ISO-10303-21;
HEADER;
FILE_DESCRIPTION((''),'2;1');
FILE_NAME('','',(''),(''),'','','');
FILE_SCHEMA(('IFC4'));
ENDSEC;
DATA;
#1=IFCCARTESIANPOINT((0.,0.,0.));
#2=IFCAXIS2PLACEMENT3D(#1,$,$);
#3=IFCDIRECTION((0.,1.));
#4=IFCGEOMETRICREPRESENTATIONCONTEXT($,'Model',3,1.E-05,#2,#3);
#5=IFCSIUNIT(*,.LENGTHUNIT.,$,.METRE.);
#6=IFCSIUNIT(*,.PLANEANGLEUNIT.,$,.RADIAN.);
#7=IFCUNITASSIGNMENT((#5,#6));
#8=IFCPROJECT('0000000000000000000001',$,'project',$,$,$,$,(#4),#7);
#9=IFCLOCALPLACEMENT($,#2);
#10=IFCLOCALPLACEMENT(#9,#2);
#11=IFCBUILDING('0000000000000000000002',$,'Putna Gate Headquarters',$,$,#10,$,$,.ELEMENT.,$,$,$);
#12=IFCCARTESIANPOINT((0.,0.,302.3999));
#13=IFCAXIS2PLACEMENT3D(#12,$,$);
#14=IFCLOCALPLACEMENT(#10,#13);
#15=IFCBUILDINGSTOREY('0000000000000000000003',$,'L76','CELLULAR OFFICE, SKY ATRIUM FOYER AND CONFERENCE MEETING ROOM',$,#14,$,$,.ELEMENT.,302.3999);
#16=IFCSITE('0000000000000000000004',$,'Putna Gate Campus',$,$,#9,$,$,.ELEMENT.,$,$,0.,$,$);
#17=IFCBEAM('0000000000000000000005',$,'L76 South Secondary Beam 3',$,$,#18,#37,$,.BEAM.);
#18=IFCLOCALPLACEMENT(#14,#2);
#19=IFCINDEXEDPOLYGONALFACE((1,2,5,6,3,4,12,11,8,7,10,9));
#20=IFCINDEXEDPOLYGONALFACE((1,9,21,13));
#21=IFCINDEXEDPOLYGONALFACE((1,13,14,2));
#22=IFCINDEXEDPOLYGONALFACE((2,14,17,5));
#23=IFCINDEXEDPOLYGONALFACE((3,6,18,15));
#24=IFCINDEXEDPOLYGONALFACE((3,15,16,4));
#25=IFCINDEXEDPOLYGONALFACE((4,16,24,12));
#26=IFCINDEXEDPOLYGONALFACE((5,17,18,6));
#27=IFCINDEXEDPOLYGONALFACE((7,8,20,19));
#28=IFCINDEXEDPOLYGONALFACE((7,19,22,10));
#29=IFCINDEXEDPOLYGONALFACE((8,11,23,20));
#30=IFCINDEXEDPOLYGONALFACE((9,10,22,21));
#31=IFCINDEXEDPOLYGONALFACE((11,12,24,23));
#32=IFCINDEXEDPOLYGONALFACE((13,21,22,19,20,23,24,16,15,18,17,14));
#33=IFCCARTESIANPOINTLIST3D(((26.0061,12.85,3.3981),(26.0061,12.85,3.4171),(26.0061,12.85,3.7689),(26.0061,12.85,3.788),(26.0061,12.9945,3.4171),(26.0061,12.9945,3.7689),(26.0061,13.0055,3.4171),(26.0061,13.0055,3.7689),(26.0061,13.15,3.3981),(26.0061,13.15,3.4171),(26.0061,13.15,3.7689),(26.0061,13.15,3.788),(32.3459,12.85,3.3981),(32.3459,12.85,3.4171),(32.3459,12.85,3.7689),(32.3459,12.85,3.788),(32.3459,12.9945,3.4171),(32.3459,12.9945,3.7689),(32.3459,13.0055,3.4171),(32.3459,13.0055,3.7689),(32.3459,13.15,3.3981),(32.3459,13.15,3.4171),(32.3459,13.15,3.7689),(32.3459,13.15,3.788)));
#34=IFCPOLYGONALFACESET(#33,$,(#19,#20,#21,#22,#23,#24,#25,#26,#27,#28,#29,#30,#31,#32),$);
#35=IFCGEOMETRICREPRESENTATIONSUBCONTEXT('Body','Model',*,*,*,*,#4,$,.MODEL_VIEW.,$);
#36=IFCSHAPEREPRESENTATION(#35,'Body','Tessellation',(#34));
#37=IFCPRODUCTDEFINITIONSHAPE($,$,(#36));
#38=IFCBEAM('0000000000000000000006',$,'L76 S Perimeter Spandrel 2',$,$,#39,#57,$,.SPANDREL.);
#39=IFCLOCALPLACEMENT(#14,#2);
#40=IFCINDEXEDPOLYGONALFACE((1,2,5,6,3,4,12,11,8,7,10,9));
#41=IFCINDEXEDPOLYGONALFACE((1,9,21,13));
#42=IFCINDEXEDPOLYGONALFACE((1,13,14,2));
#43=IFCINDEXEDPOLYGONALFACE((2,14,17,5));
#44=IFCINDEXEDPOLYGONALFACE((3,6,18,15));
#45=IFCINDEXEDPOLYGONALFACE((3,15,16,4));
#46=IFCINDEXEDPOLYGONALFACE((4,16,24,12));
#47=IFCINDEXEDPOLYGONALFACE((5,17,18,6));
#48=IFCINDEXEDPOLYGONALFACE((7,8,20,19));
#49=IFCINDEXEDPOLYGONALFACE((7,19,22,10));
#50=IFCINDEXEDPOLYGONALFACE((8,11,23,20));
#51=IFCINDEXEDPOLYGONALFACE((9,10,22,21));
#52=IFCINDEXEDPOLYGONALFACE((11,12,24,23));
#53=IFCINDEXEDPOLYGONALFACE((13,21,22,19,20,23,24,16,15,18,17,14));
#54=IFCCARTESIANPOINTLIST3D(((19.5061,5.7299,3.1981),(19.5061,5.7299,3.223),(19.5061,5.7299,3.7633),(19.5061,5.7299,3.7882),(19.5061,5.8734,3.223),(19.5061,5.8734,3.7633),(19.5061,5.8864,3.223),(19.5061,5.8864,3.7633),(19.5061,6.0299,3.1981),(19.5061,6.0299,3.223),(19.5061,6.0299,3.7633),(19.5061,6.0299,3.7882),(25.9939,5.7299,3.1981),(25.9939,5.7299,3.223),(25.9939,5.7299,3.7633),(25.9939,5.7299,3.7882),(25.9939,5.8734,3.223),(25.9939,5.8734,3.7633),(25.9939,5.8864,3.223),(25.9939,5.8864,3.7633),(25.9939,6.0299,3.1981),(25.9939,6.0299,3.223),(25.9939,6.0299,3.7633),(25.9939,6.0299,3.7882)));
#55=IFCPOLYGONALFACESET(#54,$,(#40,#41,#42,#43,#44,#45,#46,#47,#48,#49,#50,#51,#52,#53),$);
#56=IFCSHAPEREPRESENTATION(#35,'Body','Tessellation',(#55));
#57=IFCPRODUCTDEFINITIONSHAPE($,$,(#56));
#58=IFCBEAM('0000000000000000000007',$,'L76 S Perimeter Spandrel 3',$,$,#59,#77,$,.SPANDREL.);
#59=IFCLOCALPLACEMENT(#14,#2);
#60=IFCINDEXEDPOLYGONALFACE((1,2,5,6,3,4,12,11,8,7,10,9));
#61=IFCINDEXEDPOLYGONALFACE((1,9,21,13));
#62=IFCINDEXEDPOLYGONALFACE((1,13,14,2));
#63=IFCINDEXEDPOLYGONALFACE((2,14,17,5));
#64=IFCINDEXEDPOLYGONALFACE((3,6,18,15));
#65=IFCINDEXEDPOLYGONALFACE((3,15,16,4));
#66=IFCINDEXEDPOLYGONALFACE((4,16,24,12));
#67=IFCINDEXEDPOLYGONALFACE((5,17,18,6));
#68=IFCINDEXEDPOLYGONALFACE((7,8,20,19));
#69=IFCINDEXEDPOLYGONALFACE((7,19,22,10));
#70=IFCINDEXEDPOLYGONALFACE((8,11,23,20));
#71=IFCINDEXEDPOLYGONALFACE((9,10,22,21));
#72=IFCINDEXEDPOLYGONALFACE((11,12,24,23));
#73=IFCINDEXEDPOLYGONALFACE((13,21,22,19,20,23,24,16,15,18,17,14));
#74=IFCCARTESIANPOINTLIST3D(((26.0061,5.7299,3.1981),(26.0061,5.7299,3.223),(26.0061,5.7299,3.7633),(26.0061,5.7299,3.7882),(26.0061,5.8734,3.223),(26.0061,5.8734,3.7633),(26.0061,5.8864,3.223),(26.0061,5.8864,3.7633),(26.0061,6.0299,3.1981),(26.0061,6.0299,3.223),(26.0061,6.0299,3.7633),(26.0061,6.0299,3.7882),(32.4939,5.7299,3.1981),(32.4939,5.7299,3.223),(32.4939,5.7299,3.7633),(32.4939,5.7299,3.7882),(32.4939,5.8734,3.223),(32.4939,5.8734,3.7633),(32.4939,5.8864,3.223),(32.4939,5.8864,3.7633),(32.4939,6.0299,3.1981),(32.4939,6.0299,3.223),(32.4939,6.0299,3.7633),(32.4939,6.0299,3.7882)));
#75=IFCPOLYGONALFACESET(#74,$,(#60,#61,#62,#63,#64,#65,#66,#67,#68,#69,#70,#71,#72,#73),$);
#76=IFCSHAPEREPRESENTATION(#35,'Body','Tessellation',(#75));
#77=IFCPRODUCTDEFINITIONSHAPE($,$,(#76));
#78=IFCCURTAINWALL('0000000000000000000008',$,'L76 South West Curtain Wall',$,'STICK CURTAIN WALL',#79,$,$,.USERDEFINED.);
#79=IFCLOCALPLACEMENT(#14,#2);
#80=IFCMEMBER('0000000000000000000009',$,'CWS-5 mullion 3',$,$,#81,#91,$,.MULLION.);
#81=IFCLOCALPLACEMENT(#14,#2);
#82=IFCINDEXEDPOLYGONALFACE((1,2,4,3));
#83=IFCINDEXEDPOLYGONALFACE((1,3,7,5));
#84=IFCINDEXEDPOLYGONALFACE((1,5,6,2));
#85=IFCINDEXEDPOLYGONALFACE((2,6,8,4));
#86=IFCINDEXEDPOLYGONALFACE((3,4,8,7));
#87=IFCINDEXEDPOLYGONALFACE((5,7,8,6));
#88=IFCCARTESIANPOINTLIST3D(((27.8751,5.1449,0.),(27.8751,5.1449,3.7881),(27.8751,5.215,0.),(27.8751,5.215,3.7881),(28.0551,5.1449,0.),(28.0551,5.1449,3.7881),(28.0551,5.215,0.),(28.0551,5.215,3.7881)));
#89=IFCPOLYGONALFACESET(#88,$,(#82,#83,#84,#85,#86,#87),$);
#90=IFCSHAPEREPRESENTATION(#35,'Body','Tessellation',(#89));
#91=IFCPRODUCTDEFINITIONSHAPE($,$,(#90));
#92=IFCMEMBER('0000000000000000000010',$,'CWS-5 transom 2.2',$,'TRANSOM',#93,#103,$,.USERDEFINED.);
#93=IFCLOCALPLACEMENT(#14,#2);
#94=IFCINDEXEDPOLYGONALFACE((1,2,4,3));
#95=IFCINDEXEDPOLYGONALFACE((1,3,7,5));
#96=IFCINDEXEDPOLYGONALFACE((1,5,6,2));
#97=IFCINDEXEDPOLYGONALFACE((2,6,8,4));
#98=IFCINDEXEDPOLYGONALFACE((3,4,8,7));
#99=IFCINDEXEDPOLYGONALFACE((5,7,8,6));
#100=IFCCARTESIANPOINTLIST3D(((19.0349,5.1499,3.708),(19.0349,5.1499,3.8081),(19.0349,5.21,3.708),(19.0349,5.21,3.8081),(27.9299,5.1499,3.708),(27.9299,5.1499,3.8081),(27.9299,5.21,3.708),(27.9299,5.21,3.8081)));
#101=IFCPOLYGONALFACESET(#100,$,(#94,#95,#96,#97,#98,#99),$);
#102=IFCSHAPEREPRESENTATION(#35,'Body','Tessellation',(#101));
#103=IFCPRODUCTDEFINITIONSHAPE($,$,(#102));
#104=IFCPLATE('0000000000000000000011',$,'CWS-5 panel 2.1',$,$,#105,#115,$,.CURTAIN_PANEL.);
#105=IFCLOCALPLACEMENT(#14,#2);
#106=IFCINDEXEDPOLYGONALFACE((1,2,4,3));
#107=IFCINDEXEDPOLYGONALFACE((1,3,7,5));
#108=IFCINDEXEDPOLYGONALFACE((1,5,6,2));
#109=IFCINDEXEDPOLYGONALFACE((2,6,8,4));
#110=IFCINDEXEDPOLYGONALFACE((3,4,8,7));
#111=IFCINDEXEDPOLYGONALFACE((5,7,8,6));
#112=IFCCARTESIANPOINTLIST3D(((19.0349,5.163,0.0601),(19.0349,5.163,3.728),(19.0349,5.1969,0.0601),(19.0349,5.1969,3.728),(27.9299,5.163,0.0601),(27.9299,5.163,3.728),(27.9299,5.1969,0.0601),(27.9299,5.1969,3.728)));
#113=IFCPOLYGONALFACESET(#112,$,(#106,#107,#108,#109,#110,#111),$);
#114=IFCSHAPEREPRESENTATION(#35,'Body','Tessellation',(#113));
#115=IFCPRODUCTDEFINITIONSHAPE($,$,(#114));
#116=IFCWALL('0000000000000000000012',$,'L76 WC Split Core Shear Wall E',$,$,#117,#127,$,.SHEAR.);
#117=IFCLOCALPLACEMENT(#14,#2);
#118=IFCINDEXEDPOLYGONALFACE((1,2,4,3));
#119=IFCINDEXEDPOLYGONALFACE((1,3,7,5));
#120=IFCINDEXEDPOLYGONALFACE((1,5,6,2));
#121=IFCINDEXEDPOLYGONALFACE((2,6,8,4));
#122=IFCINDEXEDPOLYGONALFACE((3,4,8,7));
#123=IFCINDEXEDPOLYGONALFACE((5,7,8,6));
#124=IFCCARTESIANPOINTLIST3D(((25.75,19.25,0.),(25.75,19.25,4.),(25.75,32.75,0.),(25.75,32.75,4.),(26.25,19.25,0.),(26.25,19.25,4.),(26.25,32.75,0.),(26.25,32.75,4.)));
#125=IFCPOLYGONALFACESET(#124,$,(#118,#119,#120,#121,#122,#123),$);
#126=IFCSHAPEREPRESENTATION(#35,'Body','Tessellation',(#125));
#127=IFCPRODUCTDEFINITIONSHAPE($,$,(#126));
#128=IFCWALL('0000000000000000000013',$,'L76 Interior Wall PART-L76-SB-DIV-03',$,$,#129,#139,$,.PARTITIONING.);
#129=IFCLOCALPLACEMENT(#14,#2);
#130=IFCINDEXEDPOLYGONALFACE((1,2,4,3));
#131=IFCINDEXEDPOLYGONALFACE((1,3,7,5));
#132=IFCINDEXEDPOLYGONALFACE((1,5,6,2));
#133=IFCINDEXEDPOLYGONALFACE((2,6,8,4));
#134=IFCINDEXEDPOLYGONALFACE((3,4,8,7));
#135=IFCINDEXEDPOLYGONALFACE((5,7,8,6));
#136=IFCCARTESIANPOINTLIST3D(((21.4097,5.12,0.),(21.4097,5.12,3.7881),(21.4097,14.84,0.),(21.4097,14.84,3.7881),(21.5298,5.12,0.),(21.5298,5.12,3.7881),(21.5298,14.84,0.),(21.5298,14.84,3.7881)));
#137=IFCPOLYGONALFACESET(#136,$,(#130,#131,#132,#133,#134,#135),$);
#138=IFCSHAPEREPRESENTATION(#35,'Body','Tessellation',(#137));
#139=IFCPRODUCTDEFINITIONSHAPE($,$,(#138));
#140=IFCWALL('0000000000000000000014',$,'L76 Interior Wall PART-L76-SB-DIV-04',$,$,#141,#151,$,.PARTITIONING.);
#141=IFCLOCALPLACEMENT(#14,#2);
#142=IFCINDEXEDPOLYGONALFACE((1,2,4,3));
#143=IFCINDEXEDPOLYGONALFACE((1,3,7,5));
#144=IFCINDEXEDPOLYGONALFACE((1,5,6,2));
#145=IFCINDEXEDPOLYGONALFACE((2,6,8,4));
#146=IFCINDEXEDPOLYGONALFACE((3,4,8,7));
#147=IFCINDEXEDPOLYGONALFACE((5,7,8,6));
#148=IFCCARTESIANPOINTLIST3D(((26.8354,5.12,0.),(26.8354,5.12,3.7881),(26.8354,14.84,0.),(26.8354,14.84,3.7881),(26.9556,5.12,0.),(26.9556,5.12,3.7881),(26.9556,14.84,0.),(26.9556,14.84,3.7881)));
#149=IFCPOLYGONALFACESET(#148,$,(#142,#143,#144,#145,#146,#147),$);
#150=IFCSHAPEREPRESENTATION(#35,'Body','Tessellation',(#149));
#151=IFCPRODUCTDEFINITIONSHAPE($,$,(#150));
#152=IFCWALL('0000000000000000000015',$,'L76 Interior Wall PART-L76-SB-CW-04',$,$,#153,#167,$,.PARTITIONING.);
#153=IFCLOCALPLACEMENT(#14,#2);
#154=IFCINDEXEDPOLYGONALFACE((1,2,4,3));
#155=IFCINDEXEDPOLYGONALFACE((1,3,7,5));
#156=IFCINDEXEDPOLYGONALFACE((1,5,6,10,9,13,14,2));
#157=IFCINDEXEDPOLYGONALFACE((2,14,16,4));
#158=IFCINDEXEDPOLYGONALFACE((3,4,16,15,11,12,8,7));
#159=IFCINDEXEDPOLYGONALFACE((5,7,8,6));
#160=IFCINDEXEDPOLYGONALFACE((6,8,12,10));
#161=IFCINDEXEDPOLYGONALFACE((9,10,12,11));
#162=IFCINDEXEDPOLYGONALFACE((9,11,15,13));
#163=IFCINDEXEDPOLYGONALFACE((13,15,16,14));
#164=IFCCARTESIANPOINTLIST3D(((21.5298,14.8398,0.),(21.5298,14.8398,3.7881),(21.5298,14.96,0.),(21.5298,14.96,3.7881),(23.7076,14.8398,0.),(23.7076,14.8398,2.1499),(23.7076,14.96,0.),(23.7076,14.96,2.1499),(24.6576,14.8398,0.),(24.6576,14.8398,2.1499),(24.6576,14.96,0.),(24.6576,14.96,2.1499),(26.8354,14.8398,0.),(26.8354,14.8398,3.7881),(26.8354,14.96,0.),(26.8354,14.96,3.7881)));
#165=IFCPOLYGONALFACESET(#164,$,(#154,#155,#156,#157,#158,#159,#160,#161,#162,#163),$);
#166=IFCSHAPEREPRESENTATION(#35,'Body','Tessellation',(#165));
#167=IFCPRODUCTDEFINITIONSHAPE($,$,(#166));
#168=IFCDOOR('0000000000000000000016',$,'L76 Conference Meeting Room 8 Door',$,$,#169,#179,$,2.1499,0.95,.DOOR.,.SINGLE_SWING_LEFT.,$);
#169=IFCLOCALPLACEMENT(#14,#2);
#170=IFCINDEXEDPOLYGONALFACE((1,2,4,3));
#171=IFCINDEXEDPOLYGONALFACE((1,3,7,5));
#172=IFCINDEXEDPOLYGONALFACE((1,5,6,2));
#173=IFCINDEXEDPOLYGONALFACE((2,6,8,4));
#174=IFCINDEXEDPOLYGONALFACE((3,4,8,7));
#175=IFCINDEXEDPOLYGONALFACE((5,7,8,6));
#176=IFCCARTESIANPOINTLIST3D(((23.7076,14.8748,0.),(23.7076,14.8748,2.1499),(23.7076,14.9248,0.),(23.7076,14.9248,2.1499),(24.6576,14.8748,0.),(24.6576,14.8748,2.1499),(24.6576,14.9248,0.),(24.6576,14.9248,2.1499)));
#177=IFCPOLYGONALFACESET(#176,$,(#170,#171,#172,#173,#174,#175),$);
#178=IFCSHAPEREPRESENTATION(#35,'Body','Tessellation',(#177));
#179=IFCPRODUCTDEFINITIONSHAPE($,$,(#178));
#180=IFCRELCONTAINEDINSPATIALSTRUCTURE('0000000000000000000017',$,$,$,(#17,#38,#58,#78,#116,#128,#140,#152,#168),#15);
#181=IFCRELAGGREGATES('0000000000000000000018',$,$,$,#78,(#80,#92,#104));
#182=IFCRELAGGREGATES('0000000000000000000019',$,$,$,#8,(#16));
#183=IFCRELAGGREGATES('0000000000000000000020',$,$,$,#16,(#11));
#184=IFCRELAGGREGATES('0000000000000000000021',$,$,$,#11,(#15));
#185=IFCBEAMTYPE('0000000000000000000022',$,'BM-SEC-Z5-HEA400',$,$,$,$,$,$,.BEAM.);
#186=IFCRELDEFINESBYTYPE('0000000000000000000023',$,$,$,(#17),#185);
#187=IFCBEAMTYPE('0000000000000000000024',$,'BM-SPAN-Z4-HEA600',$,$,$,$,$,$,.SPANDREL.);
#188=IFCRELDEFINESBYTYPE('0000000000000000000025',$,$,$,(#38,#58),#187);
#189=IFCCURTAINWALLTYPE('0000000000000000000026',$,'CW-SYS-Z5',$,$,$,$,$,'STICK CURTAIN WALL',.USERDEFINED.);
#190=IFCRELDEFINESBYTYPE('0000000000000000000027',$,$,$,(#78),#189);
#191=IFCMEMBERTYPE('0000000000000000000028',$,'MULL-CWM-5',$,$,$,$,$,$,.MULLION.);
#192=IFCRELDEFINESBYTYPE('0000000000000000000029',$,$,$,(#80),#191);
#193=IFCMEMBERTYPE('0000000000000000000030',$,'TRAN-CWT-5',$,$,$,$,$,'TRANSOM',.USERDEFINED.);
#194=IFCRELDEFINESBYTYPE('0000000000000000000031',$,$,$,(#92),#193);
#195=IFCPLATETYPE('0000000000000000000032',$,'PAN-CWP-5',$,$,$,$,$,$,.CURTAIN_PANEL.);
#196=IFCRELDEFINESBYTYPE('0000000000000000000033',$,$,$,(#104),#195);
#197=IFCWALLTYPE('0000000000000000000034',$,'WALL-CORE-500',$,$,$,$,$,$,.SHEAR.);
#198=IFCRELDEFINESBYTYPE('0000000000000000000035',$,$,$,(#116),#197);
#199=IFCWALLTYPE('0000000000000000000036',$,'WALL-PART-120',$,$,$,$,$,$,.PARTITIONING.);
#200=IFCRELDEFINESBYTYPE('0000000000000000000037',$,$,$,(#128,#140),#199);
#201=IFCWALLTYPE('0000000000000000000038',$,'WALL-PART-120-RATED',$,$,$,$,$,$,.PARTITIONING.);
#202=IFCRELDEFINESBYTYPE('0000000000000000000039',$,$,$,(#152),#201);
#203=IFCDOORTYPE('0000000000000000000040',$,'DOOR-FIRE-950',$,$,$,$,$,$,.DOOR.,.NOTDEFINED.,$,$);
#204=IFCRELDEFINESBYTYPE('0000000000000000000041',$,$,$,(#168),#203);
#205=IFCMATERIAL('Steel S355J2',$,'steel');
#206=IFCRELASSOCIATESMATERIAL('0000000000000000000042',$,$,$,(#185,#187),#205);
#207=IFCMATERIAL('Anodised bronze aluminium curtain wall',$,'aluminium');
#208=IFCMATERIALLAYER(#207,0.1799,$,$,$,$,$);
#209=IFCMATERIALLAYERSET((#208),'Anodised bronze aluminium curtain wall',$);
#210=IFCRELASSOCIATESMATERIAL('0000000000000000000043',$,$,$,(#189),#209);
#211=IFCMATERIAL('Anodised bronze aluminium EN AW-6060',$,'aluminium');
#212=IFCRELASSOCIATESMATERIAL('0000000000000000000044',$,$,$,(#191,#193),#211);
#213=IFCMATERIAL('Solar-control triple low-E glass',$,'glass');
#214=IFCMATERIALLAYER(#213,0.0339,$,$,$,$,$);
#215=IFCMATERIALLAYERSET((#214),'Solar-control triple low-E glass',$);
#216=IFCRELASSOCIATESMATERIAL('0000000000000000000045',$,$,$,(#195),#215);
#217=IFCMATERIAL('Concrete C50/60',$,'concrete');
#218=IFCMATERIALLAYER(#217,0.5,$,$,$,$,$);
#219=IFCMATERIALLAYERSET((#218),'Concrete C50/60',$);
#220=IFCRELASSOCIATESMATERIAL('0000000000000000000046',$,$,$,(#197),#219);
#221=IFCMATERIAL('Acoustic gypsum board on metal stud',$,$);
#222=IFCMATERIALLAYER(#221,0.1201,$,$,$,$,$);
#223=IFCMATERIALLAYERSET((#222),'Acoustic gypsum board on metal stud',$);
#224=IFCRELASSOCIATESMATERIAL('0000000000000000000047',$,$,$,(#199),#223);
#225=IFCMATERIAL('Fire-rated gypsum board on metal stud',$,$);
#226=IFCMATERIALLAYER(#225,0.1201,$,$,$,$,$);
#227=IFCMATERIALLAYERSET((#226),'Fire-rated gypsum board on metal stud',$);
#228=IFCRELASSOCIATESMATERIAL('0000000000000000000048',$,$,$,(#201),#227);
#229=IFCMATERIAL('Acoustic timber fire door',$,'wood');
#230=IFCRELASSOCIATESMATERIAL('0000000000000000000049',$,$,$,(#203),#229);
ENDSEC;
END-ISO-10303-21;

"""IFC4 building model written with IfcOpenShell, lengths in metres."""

from ifc_helpers import new_model, si_unit, direction, frame, frame_2d, origin, origin_2d, place, context, subcontext, project, spatial, rectangle, i_section, extrude, material, layer, layer_set, material_profile, profile_set, type_object, element, fill, aggregate, save


model = new_model("IFC4")

# Units and contexts
model_context = context("Model", 3, precision=1e-05, world=origin(), true_north=direction((0.0, 1.0)))
body_context = subcontext(model_context, "Body", "Model", "MODEL_VIEW")
ifc_project = project(units=[si_unit("LENGTHUNIT", "METRE"), si_unit("PLANEANGLEUNIT", "RADIAN")], contexts=[model_context])

# Site, building, storey
site_placement = place(None, origin())
site = spatial("IfcSite", under=ifc_project, at=site_placement, Name="Putna Gate Campus", CompositionType="ELEMENT", RefElevation=0.0)
building_placement = place(site_placement, origin())
building = spatial("IfcBuilding", under=site, at=building_placement, Name="Putna Gate Headquarters", CompositionType="ELEMENT")
storey_placement = place(building_placement, frame((0.0, 0.0, 302.3999)))
storey = spatial("IfcBuildingStorey", under=building, at=storey_placement, Name="L76", Description="CELLULAR OFFICE, SKY ATRIUM FOYER AND CONFERENCE MEETING ROOM", CompositionType="ELEMENT", Elevation=302.3999)

# Beams
ifc_material_1 = material(Name="Steel S355J2", Category="steel")
ifc_material_profile_1 = material_profile(ifc_material_1, i_section(OverallWidth=0.3, OverallDepth=0.3899, WebThickness=0.011, FlangeThickness=0.019, at=origin_2d()), Name="Steel S355J2")
ifc_profile_set_1 = profile_set([ifc_material_profile_1], Name="Steel S355J2")
beam_type_1 = type_object("IfcBeamType", Name="BM-SEC-Z5-HEA400", PredefinedType="BEAM", material=ifc_profile_set_1)
for number, where, z_axis, x_axis, name in (
    (1, (26.0061, 13.0, 3.593), (1.0, 0.0, 0.0), (0.0, 1.0, 0.0), "L76 South Secondary Beam 3"),
):
    element("IfcBeam", number, at=place(storey_placement, frame(where, z_axis=z_axis, x_axis=x_axis)), inside=storey, type_object=beam_type_1, Name=name, PredefinedType="BEAM", context=body_context, shape_type="SweptSolid", body=[
        extrude(i_section(OverallWidth=0.3, OverallDepth=0.3899, WebThickness=0.011, FlangeThickness=0.019, at=origin_2d()), origin(), (0.0, 0.0, 1.0), 6.3398),
    ])
ifc_material_profile_2 = material_profile(ifc_material_1, i_section(OverallWidth=0.3, OverallDepth=0.5901, WebThickness=0.0129, FlangeThickness=0.0249, at=origin_2d()), Name="Steel S355J2")
ifc_profile_set_2 = profile_set([ifc_material_profile_2], Name="Steel S355J2")
beam_type_2 = type_object("IfcBeamType", Name="BM-SPAN-Z4-HEA600", PredefinedType="SPANDREL", material=ifc_profile_set_2)
for number, where, z_axis, x_axis, name in (
    (2, (19.5061, 5.8799, 3.4932), (1.0, 0.0, 0.0), (0.0, 1.0, 0.0), "L76 S Perimeter Spandrel 2"),
    (3, (26.0061, 5.8799, 3.4932), (1.0, 0.0, 0.0), (0.0, 1.0, 0.0), "L76 S Perimeter Spandrel 3"),
):
    element("IfcBeam", number, at=place(storey_placement, frame(where, z_axis=z_axis, x_axis=x_axis)), inside=storey, type_object=beam_type_2, Name=name, PredefinedType="SPANDREL", context=body_context, shape_type="SweptSolid", body=[
        extrude(i_section(OverallWidth=0.3, OverallDepth=0.5901, WebThickness=0.0129, FlangeThickness=0.0249, at=origin_2d()), origin(), (0.0, 0.0, 1.0), 6.4878),
    ])

# Curtain wall, members, plate
ifc_material_2 = material(Name="Anodised bronze aluminium curtain wall", Category="aluminium")
ifc_layer_1 = layer(ifc_material_2, 0.1799)
ifc_layer_set_1 = layer_set([ifc_layer_1], Name="Anodised bronze aluminium curtain wall")
curtain_wall_type = type_object("IfcCurtainWallType", Name="CW-SYS-Z5", ElementType="STICK CURTAIN WALL", PredefinedType="USERDEFINED", material=ifc_layer_set_1)
curtain_wall_placement = place(storey_placement, origin())
curtain_wall = element("IfcCurtainWall", 4, at=curtain_wall_placement, inside=storey, type_object=curtain_wall_type, Name="L76 South West Curtain Wall", ObjectType="STICK CURTAIN WALL", PredefinedType="USERDEFINED")
ifc_material_3 = material(Name="Anodised bronze aluminium EN AW-6060", Category="aluminium")
ifc_material_profile_3 = material_profile(ifc_material_3, rectangle(XDim=0.0701, YDim=0.1799, at=origin_2d()), Name="Anodised bronze aluminium EN AW-6060")
ifc_profile_set_3 = profile_set([ifc_material_profile_3], Name="Anodised bronze aluminium EN AW-6060")
member_type_1 = type_object("IfcMemberType", Name="MULL-CWM-5", PredefinedType="MULLION", material=ifc_profile_set_3)
member_1_placement = place(storey_placement, frame((27.9651, 5.1799, 0.0), z_axis=(0.0, 0.0, 1.0), x_axis=(0.0, 1.0, 0.0)))
member_1 = element("IfcMember", 5, at=member_1_placement, type_object=member_type_1, Name="CWS-5 mullion 3", PredefinedType="MULLION", context=body_context, shape_type="SweptSolid", body=[
    extrude(rectangle(XDim=0.0701, YDim=0.1799, at=origin_2d()), origin(), (0.0, 0.0, 1.0), 3.7881),
])
ifc_material_profile_4 = material_profile(ifc_material_3, rectangle(XDim=0.0601, YDim=0.1001, at=origin_2d()), Name="Anodised bronze aluminium EN AW-6060")
ifc_profile_set_4 = profile_set([ifc_material_profile_4], Name="Anodised bronze aluminium EN AW-6060")
member_type_2 = type_object("IfcMemberType", Name="TRAN-CWT-5", ElementType="TRANSOM", PredefinedType="USERDEFINED", material=ifc_profile_set_4)
member_2_placement = place(storey_placement, frame((19.0349, 5.1799, 3.7581), z_axis=(1.0, 0.0, 0.0), x_axis=(0.0, 1.0, 0.0)))
member_2 = element("IfcMember", 6, at=member_2_placement, type_object=member_type_2, Name="CWS-5 transom 2.2", ObjectType="TRANSOM", PredefinedType="USERDEFINED", context=body_context, shape_type="SweptSolid", body=[
    extrude(rectangle(XDim=0.0601, YDim=0.1001, at=origin_2d()), origin(), (0.0, 0.0, 1.0), 8.895),
])
ifc_material_4 = material(Name="Solar-control triple low-E glass", Category="glass")
ifc_layer_2 = layer(ifc_material_4, 0.0339)
ifc_layer_set_2 = layer_set([ifc_layer_2], Name="Solar-control triple low-E glass")
plate_type = type_object("IfcPlateType", Name="PAN-CWP-5", PredefinedType="CURTAIN_PANEL", material=ifc_layer_set_2)
plate_placement = place(storey_placement, frame((23.4824, 5.1799, 0.0601), z_axis=(0.0, 0.0, 1.0), x_axis=(1.0, 0.0, 0.0)))
plate = element("IfcPlate", 7, at=plate_placement, type_object=plate_type, Name="CWS-5 panel 2.1", PredefinedType="CURTAIN_PANEL", context=body_context, shape_type="SweptSolid", body=[
    extrude(rectangle(XDim=8.895, YDim=0.0339, at=origin_2d()), origin(), (0.0, 0.0, 1.0), 3.668),
])
aggregate(curtain_wall, [member_1, member_2, plate])

# Walls
ifc_material_5 = material(Name="Concrete C50/60", Category="concrete")
ifc_layer_3 = layer(ifc_material_5, 0.5)
ifc_layer_set_3 = layer_set([ifc_layer_3], Name="Concrete C50/60")
wall_type_1 = type_object("IfcWallType", Name="WALL-CORE-500", PredefinedType="SHEAR", material=ifc_layer_set_3)
wall_1_placement = place(storey_placement, frame((26.0, 19.25, 0.0), z_axis=(0.0, 0.0, 1.0), x_axis=(0.0, 1.0, 0.0)))
element("IfcWall", 8, at=wall_1_placement, inside=storey, type_object=wall_type_1, Name="L76 WC Split Core Shear Wall E", PredefinedType="SHEAR", context=body_context, shape_type="SweptSolid", body=[
    extrude(rectangle(XDim=13.5, YDim=0.5, at=frame_2d((6.75, 0.0))), origin(), (0.0, 0.0, 1.0), 4.0),
])
ifc_material_6 = material(Name="Acoustic gypsum board on metal stud")
ifc_layer_4 = layer(ifc_material_6, 0.1201)
ifc_layer_set_4 = layer_set([ifc_layer_4], Name="Acoustic gypsum board on metal stud")
wall_type_2 = type_object("IfcWallType", Name="WALL-PART-120", PredefinedType="PARTITIONING", material=ifc_layer_set_4)
for number, where, z_axis, x_axis, name in (
    (9, (21.4697, 5.1201, 0.0), (0.0, 0.0, 1.0), (0.0, 1.0, 0.0), "L76 Interior Wall PART-L76-SB-DIV-03"),
    (10, (26.8955, 5.1201, 0.0), (0.0, 0.0, 1.0), (0.0, 1.0, 0.0), "L76 Interior Wall PART-L76-SB-DIV-04"),
):
    element("IfcWall", number, at=place(storey_placement, frame(where, z_axis=z_axis, x_axis=x_axis)), inside=storey, type_object=wall_type_2, Name=name, PredefinedType="PARTITIONING", context=body_context, shape_type="SweptSolid", body=[
        extrude(rectangle(XDim=9.72, YDim=0.1201, at=frame_2d((4.8599, 0.0))), origin(), (0.0, 0.0, 1.0), 3.7881),
    ])

# Wall, opening, door
ifc_material_7 = material(Name="Fire-rated gypsum board on metal stud")
ifc_layer_5 = layer(ifc_material_7, 0.1201)
ifc_layer_set_5 = layer_set([ifc_layer_5], Name="Fire-rated gypsum board on metal stud")
wall_type_3 = type_object("IfcWallType", Name="WALL-PART-120-RATED", PredefinedType="PARTITIONING", material=ifc_layer_set_5)
wall_2_placement = place(storey_placement, frame((21.5298, 14.8999, 0.0), z_axis=(0.0, 0.0, 1.0), x_axis=(1.0, 0.0, 0.0)))
wall_2 = element("IfcWall", 11, at=wall_2_placement, inside=storey, type_object=wall_type_3, Name="L76 Interior Wall PART-L76-SB-CW-04", PredefinedType="PARTITIONING", context=body_context, shape_type="SweptSolid", body=[
    extrude(rectangle(XDim=5.3057, YDim=0.1201, at=frame_2d((2.6528, 0.0))), origin(), (0.0, 0.0, 1.0), 3.7881),
])
opening_1_placement = place(wall_2_placement, frame((2.1777, 0.0, 0.0)))
opening_1 = element("IfcOpeningElement", 12, at=opening_1_placement, cuts=wall_2, PredefinedType="OPENING", context=body_context, shape_type="SweptSolid", body=[
    extrude(rectangle(XDim=0.95, YDim=2.1499, at=frame_2d((0.4751, 1.075))), frame((0.0, 0.0701, 0.0), z_axis=(0.0, -1.0, 0.0), x_axis=(1.0, 0.0, 0.0)), (0.0, 0.0, 1.0), 0.1401),
])
ifc_material_8 = material(Name="Acoustic timber fire door", Category="wood")
door_type_1 = type_object("IfcDoorType", Name="DOOR-FIRE-950", OperationType="NOTDEFINED", PredefinedType="DOOR", material=ifc_material_8)
door_1_placement = place(opening_1_placement, origin())
door_1 = element("IfcDoor", 13, at=door_1_placement, inside=storey, type_object=door_type_1, Name="L76 Conference Meeting Room 8 Door", OperationType="SINGLE_SWING_LEFT", OverallHeight=2.1499, OverallWidth=0.95, PredefinedType="DOOR", context=body_context, shape_type="SweptSolid", body=[
    extrude(rectangle(XDim=0.95, YDim=2.1499, at=frame_2d((0.4751, 1.075))), frame((0.0, 0.0249, 0.0), z_axis=(0.0, -1.0, 0.0), x_axis=(1.0, 0.0, 0.0)), (0.0, 0.0, 1.0), 0.05),
])
fill(opening_1, door_1)

save(model, "model.ifc")
